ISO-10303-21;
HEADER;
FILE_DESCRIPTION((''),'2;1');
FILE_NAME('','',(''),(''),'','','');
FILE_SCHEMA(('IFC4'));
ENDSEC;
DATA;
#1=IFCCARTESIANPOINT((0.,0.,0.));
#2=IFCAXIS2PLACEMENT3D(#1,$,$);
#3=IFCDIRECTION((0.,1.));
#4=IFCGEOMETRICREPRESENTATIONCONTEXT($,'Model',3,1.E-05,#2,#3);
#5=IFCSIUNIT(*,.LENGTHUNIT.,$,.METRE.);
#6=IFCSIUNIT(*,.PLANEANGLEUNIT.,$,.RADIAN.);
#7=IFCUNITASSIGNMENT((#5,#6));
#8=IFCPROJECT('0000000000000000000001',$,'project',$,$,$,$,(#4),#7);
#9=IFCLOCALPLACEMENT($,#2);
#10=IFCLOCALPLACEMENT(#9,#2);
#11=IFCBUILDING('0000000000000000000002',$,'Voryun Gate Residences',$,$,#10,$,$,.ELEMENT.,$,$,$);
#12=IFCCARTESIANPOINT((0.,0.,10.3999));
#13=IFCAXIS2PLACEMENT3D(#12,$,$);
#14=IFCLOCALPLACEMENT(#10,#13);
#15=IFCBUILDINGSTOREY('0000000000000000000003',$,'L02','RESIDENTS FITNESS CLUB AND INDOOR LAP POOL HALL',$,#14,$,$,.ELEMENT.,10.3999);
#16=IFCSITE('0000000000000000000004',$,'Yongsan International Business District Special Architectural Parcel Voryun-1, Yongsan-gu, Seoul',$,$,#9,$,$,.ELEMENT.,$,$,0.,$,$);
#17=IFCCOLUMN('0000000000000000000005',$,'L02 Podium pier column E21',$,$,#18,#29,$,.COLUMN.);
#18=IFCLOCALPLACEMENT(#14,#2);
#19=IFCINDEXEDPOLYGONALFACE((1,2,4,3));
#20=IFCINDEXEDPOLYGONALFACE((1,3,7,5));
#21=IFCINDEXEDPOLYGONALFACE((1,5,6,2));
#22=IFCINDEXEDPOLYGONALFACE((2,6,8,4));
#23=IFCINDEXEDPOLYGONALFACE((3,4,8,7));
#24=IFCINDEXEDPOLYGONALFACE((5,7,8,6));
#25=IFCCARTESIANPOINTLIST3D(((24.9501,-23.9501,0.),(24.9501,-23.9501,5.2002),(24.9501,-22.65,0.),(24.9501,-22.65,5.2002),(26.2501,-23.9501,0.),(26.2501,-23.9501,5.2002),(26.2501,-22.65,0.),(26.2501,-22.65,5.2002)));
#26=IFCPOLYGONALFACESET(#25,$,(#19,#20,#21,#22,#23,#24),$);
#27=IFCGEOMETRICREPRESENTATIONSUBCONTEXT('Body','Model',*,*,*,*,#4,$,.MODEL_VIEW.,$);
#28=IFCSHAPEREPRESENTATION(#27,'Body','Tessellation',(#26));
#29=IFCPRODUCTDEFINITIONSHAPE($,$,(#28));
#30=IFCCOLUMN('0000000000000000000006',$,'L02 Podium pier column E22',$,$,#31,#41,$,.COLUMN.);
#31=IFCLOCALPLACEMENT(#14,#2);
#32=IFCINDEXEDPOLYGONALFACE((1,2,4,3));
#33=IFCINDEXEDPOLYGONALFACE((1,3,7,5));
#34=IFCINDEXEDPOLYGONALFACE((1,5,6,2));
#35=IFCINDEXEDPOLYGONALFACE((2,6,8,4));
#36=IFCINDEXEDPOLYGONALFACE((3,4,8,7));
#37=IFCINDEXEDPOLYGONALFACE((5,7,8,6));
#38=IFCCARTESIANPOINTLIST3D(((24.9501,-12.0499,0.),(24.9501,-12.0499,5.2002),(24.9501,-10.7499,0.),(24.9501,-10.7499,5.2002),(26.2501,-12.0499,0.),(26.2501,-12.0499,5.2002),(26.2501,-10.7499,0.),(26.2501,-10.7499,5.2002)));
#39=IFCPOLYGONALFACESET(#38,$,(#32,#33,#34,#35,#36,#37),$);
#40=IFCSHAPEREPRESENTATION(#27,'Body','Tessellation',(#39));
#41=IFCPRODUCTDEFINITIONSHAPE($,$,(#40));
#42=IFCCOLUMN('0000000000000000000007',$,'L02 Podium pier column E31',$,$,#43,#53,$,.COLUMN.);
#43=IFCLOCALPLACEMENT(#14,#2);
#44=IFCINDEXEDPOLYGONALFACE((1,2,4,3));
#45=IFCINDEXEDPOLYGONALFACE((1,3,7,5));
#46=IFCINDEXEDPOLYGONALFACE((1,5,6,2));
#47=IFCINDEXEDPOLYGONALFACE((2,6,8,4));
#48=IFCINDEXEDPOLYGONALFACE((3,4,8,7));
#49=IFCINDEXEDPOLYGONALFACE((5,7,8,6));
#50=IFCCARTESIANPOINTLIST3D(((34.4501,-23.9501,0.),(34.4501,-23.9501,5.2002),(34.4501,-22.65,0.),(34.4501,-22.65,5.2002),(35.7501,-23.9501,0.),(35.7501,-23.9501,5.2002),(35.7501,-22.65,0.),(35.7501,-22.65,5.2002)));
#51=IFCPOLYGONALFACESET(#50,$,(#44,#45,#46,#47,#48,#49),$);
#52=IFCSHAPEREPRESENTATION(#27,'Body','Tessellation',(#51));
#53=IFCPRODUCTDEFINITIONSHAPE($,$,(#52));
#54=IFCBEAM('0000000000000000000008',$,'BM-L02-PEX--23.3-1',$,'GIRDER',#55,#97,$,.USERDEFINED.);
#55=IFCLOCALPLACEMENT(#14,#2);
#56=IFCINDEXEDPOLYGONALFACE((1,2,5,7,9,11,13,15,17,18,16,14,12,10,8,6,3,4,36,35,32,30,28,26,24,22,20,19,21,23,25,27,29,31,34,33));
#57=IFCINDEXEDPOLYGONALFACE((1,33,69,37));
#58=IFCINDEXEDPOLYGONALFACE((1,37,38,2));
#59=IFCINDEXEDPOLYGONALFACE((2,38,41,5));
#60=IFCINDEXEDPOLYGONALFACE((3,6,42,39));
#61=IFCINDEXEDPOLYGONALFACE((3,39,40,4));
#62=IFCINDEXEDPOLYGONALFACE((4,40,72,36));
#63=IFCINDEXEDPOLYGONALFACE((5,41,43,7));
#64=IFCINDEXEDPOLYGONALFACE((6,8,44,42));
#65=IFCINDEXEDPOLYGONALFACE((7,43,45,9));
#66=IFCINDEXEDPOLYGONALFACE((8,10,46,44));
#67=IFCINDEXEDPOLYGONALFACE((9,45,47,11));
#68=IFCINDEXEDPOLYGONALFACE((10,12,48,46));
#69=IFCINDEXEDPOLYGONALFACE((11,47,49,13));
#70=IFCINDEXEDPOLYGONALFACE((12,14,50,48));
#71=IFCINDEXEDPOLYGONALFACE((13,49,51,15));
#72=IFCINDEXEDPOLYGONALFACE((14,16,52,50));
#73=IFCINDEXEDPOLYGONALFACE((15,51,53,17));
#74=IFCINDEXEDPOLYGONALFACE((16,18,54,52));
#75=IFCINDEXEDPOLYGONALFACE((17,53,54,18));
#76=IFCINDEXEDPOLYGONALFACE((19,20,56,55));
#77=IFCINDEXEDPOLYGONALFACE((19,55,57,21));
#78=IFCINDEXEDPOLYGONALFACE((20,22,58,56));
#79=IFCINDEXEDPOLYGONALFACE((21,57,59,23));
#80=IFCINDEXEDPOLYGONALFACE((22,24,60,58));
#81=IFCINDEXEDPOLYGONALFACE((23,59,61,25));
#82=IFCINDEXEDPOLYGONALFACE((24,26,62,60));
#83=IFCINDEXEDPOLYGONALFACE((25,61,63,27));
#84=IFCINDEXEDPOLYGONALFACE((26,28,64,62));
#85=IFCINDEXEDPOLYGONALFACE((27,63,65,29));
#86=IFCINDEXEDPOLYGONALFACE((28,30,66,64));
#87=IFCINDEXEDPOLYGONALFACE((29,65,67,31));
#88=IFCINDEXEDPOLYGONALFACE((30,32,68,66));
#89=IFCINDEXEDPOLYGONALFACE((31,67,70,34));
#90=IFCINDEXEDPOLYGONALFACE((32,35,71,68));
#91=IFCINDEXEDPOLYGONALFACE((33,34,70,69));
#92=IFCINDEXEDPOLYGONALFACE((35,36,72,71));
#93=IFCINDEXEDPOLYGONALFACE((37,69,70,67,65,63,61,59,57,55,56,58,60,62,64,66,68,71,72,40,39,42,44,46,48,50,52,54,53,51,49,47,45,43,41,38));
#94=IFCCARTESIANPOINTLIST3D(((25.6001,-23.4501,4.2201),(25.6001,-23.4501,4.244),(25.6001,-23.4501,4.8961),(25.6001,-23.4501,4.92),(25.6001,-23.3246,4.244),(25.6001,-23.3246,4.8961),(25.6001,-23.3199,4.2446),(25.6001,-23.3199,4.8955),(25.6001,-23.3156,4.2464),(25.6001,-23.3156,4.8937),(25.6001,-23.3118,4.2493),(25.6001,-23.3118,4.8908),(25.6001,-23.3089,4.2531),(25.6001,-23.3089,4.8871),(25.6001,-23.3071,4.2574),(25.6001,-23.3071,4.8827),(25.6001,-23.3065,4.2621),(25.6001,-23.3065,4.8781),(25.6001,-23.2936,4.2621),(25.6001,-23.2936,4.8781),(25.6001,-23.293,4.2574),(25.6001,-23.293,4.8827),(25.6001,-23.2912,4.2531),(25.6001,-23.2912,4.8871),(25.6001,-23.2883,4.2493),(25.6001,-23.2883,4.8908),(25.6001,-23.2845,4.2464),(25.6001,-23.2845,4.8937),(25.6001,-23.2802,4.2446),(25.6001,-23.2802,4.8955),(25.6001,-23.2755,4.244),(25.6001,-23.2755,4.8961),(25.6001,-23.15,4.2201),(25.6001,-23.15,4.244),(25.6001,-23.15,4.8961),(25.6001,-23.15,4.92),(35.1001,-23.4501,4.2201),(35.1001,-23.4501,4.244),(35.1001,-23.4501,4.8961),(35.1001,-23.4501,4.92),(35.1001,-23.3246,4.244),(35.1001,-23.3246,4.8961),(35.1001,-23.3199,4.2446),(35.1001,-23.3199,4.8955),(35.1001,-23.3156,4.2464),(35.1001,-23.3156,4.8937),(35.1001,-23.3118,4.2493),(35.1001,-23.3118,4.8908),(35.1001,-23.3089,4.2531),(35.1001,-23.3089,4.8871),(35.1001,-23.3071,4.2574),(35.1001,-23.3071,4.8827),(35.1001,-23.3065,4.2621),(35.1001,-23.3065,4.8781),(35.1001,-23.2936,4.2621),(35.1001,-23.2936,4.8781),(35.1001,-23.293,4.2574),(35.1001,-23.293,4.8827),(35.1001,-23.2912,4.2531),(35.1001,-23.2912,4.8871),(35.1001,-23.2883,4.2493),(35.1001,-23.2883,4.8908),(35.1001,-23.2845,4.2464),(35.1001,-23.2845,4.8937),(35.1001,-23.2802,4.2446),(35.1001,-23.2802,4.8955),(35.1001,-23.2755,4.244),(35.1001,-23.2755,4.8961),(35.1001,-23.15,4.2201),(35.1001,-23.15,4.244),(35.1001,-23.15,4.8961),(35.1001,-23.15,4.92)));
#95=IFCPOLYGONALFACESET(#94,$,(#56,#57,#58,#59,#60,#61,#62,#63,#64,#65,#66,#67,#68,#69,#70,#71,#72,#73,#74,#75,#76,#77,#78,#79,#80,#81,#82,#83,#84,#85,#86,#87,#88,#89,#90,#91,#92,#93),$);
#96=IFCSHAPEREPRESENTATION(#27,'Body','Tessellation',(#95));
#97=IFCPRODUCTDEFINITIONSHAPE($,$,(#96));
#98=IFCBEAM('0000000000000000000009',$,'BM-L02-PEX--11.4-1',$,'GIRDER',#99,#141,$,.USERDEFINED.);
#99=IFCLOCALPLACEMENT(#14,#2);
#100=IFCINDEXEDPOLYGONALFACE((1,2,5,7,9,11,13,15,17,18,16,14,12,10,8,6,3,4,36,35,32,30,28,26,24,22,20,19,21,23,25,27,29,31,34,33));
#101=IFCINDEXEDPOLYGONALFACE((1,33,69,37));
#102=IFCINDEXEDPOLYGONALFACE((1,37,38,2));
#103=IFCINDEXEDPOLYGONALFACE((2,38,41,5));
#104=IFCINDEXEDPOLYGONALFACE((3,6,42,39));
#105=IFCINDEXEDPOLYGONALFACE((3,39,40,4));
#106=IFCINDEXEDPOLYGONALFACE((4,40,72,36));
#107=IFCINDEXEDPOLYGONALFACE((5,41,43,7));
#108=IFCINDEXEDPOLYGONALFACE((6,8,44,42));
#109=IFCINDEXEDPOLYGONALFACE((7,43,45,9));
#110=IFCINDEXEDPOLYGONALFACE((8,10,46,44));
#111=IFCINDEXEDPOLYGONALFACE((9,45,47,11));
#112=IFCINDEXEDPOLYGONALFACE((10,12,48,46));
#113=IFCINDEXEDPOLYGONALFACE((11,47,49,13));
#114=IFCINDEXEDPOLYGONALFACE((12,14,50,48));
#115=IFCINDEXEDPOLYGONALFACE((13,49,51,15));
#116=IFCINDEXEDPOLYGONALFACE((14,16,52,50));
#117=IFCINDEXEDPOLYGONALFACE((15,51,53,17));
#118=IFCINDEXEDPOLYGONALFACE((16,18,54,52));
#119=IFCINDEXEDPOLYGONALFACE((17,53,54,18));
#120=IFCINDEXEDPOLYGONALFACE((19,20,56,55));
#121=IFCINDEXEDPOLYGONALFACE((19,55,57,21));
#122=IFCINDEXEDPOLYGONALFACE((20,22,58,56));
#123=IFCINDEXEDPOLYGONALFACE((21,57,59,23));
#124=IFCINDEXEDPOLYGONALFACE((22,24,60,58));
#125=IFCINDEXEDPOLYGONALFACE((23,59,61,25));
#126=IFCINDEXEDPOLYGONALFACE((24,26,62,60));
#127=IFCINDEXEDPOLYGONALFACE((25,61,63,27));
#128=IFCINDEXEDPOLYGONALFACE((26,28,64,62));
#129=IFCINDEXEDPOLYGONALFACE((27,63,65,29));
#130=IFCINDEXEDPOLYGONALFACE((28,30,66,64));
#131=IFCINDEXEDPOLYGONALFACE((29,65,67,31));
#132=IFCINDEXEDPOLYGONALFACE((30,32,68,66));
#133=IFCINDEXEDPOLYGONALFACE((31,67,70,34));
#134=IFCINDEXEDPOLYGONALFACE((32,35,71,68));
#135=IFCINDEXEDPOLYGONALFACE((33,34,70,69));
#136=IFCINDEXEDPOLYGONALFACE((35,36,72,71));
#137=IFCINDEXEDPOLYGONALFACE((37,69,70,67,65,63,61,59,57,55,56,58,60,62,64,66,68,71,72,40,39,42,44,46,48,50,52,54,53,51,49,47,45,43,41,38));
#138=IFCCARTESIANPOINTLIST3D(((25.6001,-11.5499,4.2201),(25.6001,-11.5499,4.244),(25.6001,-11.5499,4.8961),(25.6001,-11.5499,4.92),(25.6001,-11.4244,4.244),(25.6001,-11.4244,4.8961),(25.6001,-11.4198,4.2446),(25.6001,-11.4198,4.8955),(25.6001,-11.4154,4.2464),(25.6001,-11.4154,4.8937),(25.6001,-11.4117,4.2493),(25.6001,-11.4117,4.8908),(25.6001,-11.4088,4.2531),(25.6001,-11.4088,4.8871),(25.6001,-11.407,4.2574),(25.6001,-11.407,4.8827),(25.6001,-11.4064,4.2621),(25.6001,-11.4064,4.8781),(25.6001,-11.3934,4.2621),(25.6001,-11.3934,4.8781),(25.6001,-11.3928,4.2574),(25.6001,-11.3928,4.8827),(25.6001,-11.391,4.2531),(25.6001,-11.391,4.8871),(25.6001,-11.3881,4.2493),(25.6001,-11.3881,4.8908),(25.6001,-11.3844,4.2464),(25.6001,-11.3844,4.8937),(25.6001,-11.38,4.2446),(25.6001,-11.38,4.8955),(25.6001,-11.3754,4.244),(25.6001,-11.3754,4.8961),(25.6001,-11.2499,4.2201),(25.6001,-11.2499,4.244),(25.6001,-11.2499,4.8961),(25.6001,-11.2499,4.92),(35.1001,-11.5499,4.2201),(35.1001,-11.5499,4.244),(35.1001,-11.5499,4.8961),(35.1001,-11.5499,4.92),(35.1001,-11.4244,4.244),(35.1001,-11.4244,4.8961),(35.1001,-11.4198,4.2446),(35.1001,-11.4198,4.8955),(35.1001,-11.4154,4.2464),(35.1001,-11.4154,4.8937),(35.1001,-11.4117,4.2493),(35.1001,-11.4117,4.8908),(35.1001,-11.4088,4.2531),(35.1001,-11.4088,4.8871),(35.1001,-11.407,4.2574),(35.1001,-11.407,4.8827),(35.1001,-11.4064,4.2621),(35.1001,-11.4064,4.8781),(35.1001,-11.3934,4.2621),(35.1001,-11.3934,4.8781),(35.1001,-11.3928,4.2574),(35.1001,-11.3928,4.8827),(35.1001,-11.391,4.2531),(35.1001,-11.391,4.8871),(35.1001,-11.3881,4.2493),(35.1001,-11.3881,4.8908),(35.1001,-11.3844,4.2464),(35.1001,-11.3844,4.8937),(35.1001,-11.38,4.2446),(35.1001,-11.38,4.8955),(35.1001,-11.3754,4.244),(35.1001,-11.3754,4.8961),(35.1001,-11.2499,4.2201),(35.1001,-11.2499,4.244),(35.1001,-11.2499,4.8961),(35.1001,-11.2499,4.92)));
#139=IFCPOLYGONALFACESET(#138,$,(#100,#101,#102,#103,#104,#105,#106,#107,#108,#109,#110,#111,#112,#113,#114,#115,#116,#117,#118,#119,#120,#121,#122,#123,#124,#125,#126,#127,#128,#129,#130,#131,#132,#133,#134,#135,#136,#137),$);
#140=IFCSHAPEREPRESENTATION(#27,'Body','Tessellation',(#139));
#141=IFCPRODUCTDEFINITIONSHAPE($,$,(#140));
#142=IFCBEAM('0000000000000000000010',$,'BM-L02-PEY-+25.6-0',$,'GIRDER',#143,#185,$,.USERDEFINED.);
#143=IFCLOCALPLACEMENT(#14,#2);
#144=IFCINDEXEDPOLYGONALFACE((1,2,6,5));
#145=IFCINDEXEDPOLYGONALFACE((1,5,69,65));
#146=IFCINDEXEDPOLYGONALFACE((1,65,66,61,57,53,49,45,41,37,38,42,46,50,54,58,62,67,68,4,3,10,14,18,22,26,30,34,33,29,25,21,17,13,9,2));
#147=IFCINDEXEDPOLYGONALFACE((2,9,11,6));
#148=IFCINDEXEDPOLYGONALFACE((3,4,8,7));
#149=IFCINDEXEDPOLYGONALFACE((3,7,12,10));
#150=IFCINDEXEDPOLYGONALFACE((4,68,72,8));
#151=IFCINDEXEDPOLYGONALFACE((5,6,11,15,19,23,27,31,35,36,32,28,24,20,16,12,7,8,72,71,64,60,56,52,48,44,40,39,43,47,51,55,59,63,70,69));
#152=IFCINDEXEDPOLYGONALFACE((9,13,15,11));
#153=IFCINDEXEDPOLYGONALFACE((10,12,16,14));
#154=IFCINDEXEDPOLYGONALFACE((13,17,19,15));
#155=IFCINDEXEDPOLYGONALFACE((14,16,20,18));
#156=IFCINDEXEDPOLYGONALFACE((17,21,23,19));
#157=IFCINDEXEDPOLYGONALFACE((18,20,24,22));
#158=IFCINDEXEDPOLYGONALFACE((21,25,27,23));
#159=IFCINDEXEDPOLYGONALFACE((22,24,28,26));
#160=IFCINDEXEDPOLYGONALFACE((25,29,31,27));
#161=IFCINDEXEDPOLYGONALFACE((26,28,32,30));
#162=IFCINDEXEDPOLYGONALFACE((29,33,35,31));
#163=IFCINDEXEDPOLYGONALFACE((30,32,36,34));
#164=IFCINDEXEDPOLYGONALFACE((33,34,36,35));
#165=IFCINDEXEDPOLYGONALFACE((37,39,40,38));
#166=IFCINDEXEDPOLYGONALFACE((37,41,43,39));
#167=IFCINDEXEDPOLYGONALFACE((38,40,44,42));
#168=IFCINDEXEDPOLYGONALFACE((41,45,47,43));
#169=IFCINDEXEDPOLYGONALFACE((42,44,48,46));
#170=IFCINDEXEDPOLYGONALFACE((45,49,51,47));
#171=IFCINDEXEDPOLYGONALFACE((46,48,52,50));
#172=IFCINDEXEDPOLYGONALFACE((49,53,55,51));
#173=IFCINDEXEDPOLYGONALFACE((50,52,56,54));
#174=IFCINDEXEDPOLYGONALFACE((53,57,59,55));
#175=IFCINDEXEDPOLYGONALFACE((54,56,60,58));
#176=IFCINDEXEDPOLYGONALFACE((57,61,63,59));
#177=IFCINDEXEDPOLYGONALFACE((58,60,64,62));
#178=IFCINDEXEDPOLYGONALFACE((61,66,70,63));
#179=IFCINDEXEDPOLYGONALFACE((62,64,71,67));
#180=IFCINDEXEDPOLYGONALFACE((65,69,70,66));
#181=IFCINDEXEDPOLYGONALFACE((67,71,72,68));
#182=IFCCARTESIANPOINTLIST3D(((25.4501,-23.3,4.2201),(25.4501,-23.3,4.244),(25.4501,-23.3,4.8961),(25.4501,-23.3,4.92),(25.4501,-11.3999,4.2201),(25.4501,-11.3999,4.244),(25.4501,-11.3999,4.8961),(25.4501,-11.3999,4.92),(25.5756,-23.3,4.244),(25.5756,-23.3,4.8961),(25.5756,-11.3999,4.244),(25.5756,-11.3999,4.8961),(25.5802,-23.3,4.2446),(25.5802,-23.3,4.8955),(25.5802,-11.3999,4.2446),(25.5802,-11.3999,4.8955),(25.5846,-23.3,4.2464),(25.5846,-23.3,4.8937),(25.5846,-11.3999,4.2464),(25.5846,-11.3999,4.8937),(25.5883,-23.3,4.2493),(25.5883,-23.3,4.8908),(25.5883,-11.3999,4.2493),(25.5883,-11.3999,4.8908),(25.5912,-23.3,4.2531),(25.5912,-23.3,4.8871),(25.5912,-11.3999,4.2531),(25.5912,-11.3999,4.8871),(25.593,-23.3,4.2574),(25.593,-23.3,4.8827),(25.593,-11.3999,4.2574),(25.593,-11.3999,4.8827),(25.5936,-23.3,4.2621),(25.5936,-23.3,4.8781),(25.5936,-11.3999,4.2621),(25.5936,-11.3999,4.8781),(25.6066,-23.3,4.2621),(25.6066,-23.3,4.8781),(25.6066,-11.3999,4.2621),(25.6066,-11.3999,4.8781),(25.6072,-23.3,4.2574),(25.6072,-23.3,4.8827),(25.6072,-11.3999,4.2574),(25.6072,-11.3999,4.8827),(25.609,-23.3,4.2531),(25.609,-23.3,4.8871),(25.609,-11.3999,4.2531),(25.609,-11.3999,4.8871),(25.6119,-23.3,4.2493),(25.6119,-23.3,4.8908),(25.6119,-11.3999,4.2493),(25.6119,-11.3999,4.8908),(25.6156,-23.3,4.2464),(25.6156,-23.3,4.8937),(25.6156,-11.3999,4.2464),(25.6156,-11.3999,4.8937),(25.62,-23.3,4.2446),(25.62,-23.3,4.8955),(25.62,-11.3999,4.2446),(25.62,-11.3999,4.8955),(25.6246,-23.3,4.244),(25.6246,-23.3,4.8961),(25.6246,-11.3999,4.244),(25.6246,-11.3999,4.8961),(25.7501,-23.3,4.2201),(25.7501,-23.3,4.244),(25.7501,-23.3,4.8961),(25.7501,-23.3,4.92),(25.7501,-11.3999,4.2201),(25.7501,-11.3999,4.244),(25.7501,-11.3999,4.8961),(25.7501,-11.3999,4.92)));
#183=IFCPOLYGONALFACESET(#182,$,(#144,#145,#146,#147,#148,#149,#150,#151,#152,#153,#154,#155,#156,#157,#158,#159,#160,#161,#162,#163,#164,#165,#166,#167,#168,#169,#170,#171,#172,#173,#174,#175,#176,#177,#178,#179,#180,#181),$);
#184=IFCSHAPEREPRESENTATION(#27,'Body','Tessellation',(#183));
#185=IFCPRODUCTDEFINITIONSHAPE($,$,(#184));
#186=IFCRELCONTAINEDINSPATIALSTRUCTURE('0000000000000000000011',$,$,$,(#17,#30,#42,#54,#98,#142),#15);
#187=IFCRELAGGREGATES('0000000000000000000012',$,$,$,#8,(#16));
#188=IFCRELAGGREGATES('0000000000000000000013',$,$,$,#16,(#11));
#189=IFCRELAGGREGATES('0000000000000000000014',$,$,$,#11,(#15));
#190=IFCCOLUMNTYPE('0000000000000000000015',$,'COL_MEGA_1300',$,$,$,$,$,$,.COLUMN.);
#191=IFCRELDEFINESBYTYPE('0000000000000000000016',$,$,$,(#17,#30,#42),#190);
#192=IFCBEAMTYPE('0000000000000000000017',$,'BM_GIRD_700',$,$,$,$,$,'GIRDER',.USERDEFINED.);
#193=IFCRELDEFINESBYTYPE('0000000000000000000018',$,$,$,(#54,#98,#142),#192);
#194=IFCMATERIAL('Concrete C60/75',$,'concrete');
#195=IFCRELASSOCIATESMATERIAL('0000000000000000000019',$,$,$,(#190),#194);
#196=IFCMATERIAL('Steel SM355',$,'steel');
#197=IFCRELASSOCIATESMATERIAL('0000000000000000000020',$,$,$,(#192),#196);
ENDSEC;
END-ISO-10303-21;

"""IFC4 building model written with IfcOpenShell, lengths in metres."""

from ifc_helpers import new_model, si_unit, direction, frame, origin, origin_2d, place, context, subcontext, project, spatial, rectangle, i_section, extrude, material, material_profile, profile_set, type_object, element, save


model = new_model("IFC4")

# Units and contexts
model_context = context("Model", 3, precision=1e-05, world=origin(), true_north=direction((0.0, 1.0)))
body_context = subcontext(model_context, "Body", "Model", "MODEL_VIEW")
ifc_project = project(units=[si_unit("LENGTHUNIT", "METRE"), si_unit("PLANEANGLEUNIT", "RADIAN")], contexts=[model_context])

# Site, building, storey
site_placement = place(None, origin())
site = spatial("IfcSite", under=ifc_project, at=site_placement, Name="Yongsan International Business District Special Architectural Parcel Voryun-1, Yongsan-gu, Seoul", CompositionType="ELEMENT", RefElevation=0.0)
building_placement = place(site_placement, origin())
building = spatial("IfcBuilding", under=site, at=building_placement, Name="Voryun Gate Residences", CompositionType="ELEMENT")
storey_placement = place(building_placement, frame((0.0, 0.0, 10.3999)))
storey = spatial("IfcBuildingStorey", under=building, at=storey_placement, Name="L02", Description="RESIDENTS FITNESS CLUB AND INDOOR LAP POOL HALL", CompositionType="ELEMENT", Elevation=10.3999)

# Columns
ifc_material_1 = material(Name="Concrete C60/75", Category="concrete")
ifc_material_profile_1 = material_profile(ifc_material_1, rectangle(XDim=1.3, YDim=1.3, at=origin_2d()), Name="RC-1300x1300")
ifc_profile_set_1 = profile_set([ifc_material_profile_1], Name="Concrete C60/75")
column_type = type_object("IfcColumnType", Name="COL_MEGA_1300", PredefinedType="COLUMN", material=ifc_profile_set_1)
for number, where, z_axis, x_axis, name in (
    (1, (25.6001, -23.3, 0.0), (0.0, 0.0, 1.0), (1.0, 0.0, 0.0), "L02 Podium pier column E21"),
    (2, (25.6001, -11.3999, 0.0), (0.0, 0.0, 1.0), (1.0, 0.0, 0.0), "L02 Podium pier column E22"),
    (3, (35.1001, -23.3, 0.0), (0.0, 0.0, 1.0), (1.0, 0.0, 0.0), "L02 Podium pier column E31"),
):
    element("IfcColumn", number, at=place(storey_placement, frame(where, z_axis=z_axis, x_axis=x_axis)), inside=storey, type_object=column_type, Name=name, PredefinedType="COLUMN", context=body_context, shape_type="SweptSolid", body=[
        extrude(rectangle(XDim=1.3, YDim=1.3, at=origin_2d()), origin(), (0.0, 0.0, 1.0), 5.2002),
    ])

# Beams
ifc_material_2 = material(Name="Steel SM355", Category="steel")
ifc_material_profile_2 = material_profile(ifc_material_2, i_section(OverallWidth=0.3, OverallDepth=0.7, WebThickness=0.0129, FlangeThickness=0.0239, FilletRadius=0.0181, at=origin_2d()), Name="H-700x300x13x24")
ifc_profile_set_2 = profile_set([ifc_material_profile_2], Name="Steel SM355")
beam_type = type_object("IfcBeamType", Name="BM_GIRD_700", ElementType="GIRDER", PredefinedType="USERDEFINED", material=ifc_profile_set_2)
for number, where, z_axis, x_axis, name in (
    (4, (25.6001, -23.3, 4.5701), (1.0, 0.0, 0.0), (0.0, 1.0, 0.0), "BM-L02-PEX--23.3-1"),
    (5, (25.6001, -11.3999, 4.5701), (1.0, 0.0, 0.0), (0.0, 1.0, 0.0), "BM-L02-PEX--11.4-1"),
):
    element("IfcBeam", number, at=place(storey_placement, frame(where, z_axis=z_axis, x_axis=x_axis)), inside=storey, type_object=beam_type, Name=name, ObjectType="GIRDER", PredefinedType="USERDEFINED", context=body_context, shape_type="SweptSolid", body=[
        extrude(i_section(OverallWidth=0.3, OverallDepth=0.7, WebThickness=0.0129, FlangeThickness=0.0239, FilletRadius=0.0181, at=origin_2d()), origin(), (0.0, 0.0, 1.0), 9.5),
    ])
beam_1_placement = place(storey_placement, frame((25.6001, -23.3, 4.5701), z_axis=(0.0, 1.0, 0.0), x_axis=(-1.0, 0.0, 0.0)))
element("IfcBeam", 6, at=beam_1_placement, inside=storey, type_object=beam_type, Name="BM-L02-PEY-+25.6-0", ObjectType="GIRDER", PredefinedType="USERDEFINED", context=body_context, shape_type="SweptSolid", body=[
    extrude(i_section(OverallWidth=0.3, OverallDepth=0.7, WebThickness=0.0129, FlangeThickness=0.0239, FilletRadius=0.0181, at=origin_2d()), origin(), (0.0, 0.0, 1.0), 11.9001),
])

save(model, "model.ifc")
